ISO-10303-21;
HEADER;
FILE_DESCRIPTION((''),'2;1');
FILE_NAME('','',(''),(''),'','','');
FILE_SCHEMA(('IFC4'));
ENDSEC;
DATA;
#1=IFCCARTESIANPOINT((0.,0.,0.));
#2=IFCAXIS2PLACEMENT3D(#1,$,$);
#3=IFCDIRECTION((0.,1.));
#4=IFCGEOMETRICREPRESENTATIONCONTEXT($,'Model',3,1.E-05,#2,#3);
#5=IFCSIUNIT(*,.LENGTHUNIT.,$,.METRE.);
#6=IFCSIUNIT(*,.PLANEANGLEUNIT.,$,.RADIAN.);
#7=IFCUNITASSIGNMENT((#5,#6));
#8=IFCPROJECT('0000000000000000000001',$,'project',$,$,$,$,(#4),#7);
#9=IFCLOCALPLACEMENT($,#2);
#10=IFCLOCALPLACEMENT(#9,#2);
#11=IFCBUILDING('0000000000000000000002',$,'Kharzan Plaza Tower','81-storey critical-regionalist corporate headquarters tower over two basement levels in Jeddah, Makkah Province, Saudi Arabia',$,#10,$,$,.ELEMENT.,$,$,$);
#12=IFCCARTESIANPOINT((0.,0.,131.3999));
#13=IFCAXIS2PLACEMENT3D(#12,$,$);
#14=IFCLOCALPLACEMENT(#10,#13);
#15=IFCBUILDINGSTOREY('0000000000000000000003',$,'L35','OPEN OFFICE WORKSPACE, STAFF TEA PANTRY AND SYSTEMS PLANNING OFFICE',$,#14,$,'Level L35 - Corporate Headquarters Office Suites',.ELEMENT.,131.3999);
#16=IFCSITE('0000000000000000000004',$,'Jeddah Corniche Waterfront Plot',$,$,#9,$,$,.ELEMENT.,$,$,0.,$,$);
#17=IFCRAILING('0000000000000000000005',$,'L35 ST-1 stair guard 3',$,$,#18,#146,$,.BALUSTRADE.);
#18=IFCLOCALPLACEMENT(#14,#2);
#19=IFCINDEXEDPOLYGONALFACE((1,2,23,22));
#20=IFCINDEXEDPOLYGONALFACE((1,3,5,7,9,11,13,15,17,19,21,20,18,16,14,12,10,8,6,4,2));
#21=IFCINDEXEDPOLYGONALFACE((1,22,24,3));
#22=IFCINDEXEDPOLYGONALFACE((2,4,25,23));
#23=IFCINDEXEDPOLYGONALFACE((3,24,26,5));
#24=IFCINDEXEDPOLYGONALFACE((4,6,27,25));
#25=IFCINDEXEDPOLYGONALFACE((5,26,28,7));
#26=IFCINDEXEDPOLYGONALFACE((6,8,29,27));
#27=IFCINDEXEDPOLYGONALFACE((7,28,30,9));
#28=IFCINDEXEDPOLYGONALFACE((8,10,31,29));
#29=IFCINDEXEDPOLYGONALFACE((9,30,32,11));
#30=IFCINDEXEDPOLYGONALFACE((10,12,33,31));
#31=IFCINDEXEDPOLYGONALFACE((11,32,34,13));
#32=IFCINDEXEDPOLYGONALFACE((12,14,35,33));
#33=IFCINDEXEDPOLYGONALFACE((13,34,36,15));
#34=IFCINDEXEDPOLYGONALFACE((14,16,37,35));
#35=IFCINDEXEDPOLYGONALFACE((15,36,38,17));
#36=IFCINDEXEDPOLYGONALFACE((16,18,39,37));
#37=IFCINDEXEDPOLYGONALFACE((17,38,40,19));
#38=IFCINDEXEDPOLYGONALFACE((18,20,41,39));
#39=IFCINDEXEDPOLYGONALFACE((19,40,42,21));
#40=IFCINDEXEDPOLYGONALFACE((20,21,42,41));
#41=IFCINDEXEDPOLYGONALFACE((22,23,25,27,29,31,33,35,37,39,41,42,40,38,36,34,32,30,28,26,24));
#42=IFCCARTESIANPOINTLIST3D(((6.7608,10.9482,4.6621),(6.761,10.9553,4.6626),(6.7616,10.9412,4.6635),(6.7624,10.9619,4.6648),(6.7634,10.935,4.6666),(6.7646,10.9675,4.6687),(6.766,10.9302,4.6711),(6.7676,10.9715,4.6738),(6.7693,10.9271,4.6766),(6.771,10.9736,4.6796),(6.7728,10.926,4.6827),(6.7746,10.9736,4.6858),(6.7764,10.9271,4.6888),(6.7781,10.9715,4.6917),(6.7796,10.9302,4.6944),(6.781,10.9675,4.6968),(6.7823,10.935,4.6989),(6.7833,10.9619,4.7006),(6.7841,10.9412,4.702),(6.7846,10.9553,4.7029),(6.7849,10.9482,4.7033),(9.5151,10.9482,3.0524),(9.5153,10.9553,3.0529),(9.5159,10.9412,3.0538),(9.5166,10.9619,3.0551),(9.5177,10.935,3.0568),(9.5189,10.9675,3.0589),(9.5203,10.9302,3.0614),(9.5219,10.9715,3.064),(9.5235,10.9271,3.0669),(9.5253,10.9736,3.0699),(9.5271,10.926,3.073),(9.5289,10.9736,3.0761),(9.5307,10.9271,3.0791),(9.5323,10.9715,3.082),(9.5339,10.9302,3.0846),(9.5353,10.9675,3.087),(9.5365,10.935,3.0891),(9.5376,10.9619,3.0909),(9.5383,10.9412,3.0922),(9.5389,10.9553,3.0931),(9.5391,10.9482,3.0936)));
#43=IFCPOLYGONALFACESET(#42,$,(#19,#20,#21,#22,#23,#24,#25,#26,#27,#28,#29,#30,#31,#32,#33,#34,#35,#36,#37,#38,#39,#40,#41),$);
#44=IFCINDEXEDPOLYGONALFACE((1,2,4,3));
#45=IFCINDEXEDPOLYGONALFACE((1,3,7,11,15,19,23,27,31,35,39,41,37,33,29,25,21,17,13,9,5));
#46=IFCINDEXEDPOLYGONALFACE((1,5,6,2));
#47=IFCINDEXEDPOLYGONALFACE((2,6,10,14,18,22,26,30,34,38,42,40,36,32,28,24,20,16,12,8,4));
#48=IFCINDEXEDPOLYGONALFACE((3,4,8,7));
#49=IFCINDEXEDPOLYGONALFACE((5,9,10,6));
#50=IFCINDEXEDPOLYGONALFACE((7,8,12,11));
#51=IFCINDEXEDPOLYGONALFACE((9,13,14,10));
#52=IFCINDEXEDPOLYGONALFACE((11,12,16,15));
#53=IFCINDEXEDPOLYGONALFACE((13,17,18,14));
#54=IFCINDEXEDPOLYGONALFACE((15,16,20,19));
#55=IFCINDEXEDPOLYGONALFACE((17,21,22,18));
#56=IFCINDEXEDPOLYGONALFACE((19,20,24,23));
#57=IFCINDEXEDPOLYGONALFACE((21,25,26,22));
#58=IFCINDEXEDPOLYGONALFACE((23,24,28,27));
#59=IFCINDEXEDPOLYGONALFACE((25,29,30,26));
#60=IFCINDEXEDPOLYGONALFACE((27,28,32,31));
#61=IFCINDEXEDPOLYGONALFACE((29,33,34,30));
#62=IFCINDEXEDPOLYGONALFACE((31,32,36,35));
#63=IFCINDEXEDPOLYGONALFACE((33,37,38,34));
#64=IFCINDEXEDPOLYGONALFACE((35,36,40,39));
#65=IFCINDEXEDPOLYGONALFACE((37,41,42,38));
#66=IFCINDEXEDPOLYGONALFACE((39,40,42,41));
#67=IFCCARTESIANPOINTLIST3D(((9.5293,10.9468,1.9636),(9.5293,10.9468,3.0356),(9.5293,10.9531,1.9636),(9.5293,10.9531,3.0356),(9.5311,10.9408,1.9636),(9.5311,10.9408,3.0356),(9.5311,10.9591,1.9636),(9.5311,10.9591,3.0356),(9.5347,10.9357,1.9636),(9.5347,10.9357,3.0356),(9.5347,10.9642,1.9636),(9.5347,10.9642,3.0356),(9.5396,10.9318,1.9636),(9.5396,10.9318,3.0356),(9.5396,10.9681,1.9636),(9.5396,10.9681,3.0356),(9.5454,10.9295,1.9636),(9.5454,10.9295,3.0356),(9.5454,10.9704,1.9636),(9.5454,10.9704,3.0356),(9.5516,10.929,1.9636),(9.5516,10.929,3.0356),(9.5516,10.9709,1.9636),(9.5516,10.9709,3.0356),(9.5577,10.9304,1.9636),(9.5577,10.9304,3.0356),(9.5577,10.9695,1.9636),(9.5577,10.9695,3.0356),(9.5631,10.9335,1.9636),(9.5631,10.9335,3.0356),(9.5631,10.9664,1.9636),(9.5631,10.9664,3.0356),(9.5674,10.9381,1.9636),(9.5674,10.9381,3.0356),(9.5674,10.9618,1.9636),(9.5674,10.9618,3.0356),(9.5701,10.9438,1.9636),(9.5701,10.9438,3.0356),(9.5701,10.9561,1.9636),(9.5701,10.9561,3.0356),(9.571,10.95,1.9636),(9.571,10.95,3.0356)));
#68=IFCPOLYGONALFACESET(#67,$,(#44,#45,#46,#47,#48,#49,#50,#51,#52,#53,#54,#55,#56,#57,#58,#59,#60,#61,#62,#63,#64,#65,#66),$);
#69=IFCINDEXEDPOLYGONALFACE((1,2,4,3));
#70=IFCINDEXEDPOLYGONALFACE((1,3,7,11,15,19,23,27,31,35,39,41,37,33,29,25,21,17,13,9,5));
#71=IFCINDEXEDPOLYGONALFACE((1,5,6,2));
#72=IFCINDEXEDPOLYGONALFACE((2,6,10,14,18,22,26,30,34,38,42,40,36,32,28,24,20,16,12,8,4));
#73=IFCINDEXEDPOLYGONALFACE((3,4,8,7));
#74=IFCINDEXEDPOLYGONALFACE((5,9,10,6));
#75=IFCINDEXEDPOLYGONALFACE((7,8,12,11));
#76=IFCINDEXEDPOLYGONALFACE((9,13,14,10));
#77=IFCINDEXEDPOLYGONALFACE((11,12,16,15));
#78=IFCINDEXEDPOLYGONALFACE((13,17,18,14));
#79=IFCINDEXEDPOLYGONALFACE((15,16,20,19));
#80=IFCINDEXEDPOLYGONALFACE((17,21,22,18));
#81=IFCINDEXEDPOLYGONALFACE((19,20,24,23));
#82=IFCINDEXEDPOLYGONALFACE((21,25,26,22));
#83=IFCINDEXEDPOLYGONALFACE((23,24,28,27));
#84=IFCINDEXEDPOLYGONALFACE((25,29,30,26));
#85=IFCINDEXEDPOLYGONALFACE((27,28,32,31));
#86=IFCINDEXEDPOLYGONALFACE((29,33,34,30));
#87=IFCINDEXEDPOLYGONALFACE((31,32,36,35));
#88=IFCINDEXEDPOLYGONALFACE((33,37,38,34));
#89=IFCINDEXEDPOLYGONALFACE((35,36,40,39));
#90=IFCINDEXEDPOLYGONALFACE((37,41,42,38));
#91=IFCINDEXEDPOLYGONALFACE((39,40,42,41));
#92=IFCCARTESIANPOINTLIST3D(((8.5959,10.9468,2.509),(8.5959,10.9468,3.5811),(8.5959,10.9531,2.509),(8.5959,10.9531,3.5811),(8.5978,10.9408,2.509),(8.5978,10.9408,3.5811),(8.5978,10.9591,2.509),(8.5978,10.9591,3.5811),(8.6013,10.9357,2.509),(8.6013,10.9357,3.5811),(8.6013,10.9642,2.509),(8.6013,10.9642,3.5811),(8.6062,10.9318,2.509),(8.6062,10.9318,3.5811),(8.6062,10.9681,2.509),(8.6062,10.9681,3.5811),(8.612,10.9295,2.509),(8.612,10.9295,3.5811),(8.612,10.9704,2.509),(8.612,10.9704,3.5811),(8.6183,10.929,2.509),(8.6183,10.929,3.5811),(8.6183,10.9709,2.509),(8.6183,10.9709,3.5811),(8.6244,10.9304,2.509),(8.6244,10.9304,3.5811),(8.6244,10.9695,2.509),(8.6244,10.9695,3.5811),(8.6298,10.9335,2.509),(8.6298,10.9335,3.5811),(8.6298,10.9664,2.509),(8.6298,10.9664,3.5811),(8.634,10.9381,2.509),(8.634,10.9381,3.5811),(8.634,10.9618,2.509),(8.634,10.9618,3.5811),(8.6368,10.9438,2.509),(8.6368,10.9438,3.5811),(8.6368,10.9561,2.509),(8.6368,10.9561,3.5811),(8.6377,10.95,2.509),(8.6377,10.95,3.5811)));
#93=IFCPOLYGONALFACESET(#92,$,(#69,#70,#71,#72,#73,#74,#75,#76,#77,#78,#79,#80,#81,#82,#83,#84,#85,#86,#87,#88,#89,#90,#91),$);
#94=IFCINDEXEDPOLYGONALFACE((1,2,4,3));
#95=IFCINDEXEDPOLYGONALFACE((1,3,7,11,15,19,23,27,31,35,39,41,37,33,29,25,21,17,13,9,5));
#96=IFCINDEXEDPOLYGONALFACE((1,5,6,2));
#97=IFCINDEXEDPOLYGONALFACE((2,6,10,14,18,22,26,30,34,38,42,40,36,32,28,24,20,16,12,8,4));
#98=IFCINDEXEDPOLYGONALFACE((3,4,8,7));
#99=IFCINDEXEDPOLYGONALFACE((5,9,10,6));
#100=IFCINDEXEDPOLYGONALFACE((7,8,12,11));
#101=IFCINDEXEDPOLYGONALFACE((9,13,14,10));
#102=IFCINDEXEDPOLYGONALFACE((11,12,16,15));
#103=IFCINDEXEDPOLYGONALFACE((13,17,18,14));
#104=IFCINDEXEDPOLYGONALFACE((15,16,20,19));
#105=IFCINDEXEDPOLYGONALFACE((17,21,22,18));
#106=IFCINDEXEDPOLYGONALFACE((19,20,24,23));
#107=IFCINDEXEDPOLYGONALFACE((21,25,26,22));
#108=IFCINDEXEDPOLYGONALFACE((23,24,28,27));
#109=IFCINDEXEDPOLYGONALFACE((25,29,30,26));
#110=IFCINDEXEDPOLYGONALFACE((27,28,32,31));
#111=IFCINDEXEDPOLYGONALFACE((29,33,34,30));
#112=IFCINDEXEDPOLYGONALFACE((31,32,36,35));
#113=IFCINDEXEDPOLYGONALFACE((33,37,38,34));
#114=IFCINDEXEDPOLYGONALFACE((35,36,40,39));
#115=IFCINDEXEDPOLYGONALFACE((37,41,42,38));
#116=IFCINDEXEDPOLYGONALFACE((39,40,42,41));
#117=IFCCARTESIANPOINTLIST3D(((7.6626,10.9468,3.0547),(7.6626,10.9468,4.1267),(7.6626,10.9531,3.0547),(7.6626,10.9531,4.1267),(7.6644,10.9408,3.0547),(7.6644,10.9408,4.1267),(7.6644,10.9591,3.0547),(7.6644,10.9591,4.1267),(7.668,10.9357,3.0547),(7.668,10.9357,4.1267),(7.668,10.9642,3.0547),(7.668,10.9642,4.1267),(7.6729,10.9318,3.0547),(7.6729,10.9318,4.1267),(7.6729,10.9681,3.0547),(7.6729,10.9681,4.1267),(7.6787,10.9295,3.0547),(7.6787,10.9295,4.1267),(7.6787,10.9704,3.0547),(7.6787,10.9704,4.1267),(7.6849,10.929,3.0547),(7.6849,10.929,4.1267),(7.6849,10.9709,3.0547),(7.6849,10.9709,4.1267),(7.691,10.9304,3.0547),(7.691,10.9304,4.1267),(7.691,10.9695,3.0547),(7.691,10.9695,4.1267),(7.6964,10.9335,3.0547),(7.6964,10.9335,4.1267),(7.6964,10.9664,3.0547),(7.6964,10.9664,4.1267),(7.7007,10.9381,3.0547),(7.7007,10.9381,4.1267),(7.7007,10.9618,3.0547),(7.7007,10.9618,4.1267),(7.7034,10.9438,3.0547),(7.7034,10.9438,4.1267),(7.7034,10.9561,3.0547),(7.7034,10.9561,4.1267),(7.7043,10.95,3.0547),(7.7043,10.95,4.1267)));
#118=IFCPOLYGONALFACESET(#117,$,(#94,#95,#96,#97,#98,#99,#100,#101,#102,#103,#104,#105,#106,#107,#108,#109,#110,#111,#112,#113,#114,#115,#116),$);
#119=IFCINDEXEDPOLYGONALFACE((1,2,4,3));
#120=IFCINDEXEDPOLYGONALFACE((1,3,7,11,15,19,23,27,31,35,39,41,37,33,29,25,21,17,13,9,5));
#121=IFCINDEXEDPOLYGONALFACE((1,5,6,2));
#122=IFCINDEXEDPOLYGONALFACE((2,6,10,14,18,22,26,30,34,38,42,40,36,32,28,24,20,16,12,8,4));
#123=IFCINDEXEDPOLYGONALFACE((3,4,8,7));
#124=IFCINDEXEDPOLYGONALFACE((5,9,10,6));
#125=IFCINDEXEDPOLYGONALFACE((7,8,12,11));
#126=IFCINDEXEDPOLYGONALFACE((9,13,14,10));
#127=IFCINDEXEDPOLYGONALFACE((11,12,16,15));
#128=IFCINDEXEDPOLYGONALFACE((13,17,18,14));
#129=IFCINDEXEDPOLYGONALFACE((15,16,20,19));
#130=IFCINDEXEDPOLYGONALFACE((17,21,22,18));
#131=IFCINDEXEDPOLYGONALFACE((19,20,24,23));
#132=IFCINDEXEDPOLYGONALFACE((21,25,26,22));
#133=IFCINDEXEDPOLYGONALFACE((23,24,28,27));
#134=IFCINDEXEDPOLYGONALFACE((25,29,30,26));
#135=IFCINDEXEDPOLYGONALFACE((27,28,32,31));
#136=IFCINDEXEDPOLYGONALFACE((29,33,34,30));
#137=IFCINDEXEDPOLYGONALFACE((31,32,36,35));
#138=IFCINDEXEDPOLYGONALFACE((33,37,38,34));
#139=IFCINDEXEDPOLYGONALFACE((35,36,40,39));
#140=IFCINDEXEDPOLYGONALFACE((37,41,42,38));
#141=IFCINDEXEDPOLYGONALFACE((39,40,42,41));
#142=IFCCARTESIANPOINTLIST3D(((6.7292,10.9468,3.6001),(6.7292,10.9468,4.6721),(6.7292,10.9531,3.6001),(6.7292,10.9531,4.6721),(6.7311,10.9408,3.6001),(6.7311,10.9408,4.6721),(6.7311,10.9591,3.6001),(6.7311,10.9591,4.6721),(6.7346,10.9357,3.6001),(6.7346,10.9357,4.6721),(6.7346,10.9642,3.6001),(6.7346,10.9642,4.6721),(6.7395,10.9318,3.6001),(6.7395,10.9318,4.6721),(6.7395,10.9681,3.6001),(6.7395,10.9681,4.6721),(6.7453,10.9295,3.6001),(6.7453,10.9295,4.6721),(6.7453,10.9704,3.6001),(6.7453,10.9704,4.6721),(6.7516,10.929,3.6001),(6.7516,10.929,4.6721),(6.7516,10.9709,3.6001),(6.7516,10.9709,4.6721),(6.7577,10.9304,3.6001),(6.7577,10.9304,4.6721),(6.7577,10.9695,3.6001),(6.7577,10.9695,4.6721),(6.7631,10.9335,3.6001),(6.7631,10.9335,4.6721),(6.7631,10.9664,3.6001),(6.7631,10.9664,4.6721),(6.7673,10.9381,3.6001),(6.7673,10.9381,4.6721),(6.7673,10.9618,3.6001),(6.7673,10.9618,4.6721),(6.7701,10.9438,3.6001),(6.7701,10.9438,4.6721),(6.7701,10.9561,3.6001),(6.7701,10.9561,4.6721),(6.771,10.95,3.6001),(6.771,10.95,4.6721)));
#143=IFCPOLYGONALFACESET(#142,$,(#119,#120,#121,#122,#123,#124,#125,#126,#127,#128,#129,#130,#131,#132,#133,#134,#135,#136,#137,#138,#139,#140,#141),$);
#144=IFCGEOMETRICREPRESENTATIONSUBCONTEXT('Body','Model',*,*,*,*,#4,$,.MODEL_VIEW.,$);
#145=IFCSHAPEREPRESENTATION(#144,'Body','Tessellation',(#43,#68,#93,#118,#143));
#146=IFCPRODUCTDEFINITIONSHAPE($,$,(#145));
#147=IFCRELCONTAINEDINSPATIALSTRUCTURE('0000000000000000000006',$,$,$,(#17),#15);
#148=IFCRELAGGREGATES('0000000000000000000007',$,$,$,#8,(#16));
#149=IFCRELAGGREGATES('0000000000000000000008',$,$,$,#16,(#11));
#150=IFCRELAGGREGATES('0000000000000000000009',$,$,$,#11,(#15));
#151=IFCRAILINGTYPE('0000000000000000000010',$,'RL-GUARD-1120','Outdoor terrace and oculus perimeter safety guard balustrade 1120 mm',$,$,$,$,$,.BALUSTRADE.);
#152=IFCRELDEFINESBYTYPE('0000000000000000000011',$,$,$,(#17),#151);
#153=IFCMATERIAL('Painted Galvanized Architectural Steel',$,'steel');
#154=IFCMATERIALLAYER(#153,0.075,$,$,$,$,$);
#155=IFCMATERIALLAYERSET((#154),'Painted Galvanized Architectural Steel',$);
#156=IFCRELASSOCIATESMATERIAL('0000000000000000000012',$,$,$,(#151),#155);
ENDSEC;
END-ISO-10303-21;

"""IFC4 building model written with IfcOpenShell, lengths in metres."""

from ifc_helpers import new_model, si_unit, direction, frame, origin, origin_2d, place, context, subcontext, project, spatial, circle, extrude, source, transform, mapped, material, layer, layer_set, type_object, element, save


model = new_model("IFC4")

# Units and contexts
model_context = context("Model", 3, precision=1e-05, world=origin(), true_north=direction((0.0, 1.0)))
body_context = subcontext(model_context, "Body", "Model", "MODEL_VIEW")
ifc_project = project(units=[si_unit("LENGTHUNIT", "METRE"), si_unit("PLANEANGLEUNIT", "RADIAN")], contexts=[model_context])

# Site, building, storey
site_placement = place(None, origin())
site = spatial("IfcSite", under=ifc_project, at=site_placement, Name="Jeddah Corniche Waterfront Plot", CompositionType="ELEMENT", RefElevation=0.0)
building_placement = place(site_placement, origin())
building = spatial("IfcBuilding", under=site, at=building_placement, Name="Kharzan Plaza Tower", Description="81-storey critical-regionalist corporate headquarters tower over two basement levels in Jeddah, Makkah Province, Saudi Arabia", CompositionType="ELEMENT")
storey_placement = place(building_placement, frame((0.0, 0.0, 131.3999)))
storey = spatial("IfcBuildingStorey", under=building, at=storey_placement, Name="L35", Description="OPEN OFFICE WORKSPACE, STAFF TEA PANTRY AND SYSTEMS PLANNING OFFICE", LongName="Level L35 - Corporate Headquarters Office Suites", CompositionType="ELEMENT", Elevation=131.3999)

# Railing
ifc_material_1 = material(Name="Painted Galvanized Architectural Steel", Category="steel")
ifc_layer_1 = layer(ifc_material_1, 0.075)
ifc_layer_set_1 = layer_set([ifc_layer_1], Name="Painted Galvanized Architectural Steel")
railing_type = type_object("IfcRailingType", Name="RL-GUARD-1120", Description="Outdoor terrace and oculus perimeter safety guard balustrade 1120 mm", PredefinedType="BALUSTRADE", material=ifc_layer_set_1)
shared_shape_1 = source(origin(), body_context, "Body", "SweptSolid", [
    extrude(circle(Radius=0.0239, at=origin_2d()), frame((-0.0229, 0.0, 1.1094), z_axis=(-0.863361, 0.0, 0.504587), x_axis=(0.0, -1.0, 0.0)), (0.0, 0.0, 1.0), 3.1902),
    extrude(circle(Radius=0.021, at=origin_2d()), origin(), (0.0, 0.0, 1.0), 1.072),
    extrude(circle(Radius=0.021, at=origin_2d()), frame((-0.9333, 0.0, 0.5454)), (0.0, 0.0, 1.0), 1.072),
    extrude(circle(Radius=0.021, at=origin_2d()), frame((-1.8667, 0.0, 1.0911)), (0.0, 0.0, 1.0), 1.072),
    extrude(circle(Radius=0.021, at=origin_2d()), frame((-2.8, 0.0, 1.6365)), (0.0, 0.0, 1.0), 1.072),
])
railing_placement = place(storey_placement, frame((9.55, 10.95, 1.9636)))
element("IfcRailing", 1, at=railing_placement, inside=storey, type_object=railing_type, Name="L35 ST-1 stair guard 3", PredefinedType="BALUSTRADE", context=body_context, shape_type="MappedRepresentation", body=[
    mapped(shared_shape_1, transform((0.0, 0.0, 0.0), x_axis=(1.0, 0.0, 0.0), y_axis=(0.0, 1.0, 0.0), z_axis=(0.0, 0.0, 1.0))),
])

save(model, "model.ifc")
